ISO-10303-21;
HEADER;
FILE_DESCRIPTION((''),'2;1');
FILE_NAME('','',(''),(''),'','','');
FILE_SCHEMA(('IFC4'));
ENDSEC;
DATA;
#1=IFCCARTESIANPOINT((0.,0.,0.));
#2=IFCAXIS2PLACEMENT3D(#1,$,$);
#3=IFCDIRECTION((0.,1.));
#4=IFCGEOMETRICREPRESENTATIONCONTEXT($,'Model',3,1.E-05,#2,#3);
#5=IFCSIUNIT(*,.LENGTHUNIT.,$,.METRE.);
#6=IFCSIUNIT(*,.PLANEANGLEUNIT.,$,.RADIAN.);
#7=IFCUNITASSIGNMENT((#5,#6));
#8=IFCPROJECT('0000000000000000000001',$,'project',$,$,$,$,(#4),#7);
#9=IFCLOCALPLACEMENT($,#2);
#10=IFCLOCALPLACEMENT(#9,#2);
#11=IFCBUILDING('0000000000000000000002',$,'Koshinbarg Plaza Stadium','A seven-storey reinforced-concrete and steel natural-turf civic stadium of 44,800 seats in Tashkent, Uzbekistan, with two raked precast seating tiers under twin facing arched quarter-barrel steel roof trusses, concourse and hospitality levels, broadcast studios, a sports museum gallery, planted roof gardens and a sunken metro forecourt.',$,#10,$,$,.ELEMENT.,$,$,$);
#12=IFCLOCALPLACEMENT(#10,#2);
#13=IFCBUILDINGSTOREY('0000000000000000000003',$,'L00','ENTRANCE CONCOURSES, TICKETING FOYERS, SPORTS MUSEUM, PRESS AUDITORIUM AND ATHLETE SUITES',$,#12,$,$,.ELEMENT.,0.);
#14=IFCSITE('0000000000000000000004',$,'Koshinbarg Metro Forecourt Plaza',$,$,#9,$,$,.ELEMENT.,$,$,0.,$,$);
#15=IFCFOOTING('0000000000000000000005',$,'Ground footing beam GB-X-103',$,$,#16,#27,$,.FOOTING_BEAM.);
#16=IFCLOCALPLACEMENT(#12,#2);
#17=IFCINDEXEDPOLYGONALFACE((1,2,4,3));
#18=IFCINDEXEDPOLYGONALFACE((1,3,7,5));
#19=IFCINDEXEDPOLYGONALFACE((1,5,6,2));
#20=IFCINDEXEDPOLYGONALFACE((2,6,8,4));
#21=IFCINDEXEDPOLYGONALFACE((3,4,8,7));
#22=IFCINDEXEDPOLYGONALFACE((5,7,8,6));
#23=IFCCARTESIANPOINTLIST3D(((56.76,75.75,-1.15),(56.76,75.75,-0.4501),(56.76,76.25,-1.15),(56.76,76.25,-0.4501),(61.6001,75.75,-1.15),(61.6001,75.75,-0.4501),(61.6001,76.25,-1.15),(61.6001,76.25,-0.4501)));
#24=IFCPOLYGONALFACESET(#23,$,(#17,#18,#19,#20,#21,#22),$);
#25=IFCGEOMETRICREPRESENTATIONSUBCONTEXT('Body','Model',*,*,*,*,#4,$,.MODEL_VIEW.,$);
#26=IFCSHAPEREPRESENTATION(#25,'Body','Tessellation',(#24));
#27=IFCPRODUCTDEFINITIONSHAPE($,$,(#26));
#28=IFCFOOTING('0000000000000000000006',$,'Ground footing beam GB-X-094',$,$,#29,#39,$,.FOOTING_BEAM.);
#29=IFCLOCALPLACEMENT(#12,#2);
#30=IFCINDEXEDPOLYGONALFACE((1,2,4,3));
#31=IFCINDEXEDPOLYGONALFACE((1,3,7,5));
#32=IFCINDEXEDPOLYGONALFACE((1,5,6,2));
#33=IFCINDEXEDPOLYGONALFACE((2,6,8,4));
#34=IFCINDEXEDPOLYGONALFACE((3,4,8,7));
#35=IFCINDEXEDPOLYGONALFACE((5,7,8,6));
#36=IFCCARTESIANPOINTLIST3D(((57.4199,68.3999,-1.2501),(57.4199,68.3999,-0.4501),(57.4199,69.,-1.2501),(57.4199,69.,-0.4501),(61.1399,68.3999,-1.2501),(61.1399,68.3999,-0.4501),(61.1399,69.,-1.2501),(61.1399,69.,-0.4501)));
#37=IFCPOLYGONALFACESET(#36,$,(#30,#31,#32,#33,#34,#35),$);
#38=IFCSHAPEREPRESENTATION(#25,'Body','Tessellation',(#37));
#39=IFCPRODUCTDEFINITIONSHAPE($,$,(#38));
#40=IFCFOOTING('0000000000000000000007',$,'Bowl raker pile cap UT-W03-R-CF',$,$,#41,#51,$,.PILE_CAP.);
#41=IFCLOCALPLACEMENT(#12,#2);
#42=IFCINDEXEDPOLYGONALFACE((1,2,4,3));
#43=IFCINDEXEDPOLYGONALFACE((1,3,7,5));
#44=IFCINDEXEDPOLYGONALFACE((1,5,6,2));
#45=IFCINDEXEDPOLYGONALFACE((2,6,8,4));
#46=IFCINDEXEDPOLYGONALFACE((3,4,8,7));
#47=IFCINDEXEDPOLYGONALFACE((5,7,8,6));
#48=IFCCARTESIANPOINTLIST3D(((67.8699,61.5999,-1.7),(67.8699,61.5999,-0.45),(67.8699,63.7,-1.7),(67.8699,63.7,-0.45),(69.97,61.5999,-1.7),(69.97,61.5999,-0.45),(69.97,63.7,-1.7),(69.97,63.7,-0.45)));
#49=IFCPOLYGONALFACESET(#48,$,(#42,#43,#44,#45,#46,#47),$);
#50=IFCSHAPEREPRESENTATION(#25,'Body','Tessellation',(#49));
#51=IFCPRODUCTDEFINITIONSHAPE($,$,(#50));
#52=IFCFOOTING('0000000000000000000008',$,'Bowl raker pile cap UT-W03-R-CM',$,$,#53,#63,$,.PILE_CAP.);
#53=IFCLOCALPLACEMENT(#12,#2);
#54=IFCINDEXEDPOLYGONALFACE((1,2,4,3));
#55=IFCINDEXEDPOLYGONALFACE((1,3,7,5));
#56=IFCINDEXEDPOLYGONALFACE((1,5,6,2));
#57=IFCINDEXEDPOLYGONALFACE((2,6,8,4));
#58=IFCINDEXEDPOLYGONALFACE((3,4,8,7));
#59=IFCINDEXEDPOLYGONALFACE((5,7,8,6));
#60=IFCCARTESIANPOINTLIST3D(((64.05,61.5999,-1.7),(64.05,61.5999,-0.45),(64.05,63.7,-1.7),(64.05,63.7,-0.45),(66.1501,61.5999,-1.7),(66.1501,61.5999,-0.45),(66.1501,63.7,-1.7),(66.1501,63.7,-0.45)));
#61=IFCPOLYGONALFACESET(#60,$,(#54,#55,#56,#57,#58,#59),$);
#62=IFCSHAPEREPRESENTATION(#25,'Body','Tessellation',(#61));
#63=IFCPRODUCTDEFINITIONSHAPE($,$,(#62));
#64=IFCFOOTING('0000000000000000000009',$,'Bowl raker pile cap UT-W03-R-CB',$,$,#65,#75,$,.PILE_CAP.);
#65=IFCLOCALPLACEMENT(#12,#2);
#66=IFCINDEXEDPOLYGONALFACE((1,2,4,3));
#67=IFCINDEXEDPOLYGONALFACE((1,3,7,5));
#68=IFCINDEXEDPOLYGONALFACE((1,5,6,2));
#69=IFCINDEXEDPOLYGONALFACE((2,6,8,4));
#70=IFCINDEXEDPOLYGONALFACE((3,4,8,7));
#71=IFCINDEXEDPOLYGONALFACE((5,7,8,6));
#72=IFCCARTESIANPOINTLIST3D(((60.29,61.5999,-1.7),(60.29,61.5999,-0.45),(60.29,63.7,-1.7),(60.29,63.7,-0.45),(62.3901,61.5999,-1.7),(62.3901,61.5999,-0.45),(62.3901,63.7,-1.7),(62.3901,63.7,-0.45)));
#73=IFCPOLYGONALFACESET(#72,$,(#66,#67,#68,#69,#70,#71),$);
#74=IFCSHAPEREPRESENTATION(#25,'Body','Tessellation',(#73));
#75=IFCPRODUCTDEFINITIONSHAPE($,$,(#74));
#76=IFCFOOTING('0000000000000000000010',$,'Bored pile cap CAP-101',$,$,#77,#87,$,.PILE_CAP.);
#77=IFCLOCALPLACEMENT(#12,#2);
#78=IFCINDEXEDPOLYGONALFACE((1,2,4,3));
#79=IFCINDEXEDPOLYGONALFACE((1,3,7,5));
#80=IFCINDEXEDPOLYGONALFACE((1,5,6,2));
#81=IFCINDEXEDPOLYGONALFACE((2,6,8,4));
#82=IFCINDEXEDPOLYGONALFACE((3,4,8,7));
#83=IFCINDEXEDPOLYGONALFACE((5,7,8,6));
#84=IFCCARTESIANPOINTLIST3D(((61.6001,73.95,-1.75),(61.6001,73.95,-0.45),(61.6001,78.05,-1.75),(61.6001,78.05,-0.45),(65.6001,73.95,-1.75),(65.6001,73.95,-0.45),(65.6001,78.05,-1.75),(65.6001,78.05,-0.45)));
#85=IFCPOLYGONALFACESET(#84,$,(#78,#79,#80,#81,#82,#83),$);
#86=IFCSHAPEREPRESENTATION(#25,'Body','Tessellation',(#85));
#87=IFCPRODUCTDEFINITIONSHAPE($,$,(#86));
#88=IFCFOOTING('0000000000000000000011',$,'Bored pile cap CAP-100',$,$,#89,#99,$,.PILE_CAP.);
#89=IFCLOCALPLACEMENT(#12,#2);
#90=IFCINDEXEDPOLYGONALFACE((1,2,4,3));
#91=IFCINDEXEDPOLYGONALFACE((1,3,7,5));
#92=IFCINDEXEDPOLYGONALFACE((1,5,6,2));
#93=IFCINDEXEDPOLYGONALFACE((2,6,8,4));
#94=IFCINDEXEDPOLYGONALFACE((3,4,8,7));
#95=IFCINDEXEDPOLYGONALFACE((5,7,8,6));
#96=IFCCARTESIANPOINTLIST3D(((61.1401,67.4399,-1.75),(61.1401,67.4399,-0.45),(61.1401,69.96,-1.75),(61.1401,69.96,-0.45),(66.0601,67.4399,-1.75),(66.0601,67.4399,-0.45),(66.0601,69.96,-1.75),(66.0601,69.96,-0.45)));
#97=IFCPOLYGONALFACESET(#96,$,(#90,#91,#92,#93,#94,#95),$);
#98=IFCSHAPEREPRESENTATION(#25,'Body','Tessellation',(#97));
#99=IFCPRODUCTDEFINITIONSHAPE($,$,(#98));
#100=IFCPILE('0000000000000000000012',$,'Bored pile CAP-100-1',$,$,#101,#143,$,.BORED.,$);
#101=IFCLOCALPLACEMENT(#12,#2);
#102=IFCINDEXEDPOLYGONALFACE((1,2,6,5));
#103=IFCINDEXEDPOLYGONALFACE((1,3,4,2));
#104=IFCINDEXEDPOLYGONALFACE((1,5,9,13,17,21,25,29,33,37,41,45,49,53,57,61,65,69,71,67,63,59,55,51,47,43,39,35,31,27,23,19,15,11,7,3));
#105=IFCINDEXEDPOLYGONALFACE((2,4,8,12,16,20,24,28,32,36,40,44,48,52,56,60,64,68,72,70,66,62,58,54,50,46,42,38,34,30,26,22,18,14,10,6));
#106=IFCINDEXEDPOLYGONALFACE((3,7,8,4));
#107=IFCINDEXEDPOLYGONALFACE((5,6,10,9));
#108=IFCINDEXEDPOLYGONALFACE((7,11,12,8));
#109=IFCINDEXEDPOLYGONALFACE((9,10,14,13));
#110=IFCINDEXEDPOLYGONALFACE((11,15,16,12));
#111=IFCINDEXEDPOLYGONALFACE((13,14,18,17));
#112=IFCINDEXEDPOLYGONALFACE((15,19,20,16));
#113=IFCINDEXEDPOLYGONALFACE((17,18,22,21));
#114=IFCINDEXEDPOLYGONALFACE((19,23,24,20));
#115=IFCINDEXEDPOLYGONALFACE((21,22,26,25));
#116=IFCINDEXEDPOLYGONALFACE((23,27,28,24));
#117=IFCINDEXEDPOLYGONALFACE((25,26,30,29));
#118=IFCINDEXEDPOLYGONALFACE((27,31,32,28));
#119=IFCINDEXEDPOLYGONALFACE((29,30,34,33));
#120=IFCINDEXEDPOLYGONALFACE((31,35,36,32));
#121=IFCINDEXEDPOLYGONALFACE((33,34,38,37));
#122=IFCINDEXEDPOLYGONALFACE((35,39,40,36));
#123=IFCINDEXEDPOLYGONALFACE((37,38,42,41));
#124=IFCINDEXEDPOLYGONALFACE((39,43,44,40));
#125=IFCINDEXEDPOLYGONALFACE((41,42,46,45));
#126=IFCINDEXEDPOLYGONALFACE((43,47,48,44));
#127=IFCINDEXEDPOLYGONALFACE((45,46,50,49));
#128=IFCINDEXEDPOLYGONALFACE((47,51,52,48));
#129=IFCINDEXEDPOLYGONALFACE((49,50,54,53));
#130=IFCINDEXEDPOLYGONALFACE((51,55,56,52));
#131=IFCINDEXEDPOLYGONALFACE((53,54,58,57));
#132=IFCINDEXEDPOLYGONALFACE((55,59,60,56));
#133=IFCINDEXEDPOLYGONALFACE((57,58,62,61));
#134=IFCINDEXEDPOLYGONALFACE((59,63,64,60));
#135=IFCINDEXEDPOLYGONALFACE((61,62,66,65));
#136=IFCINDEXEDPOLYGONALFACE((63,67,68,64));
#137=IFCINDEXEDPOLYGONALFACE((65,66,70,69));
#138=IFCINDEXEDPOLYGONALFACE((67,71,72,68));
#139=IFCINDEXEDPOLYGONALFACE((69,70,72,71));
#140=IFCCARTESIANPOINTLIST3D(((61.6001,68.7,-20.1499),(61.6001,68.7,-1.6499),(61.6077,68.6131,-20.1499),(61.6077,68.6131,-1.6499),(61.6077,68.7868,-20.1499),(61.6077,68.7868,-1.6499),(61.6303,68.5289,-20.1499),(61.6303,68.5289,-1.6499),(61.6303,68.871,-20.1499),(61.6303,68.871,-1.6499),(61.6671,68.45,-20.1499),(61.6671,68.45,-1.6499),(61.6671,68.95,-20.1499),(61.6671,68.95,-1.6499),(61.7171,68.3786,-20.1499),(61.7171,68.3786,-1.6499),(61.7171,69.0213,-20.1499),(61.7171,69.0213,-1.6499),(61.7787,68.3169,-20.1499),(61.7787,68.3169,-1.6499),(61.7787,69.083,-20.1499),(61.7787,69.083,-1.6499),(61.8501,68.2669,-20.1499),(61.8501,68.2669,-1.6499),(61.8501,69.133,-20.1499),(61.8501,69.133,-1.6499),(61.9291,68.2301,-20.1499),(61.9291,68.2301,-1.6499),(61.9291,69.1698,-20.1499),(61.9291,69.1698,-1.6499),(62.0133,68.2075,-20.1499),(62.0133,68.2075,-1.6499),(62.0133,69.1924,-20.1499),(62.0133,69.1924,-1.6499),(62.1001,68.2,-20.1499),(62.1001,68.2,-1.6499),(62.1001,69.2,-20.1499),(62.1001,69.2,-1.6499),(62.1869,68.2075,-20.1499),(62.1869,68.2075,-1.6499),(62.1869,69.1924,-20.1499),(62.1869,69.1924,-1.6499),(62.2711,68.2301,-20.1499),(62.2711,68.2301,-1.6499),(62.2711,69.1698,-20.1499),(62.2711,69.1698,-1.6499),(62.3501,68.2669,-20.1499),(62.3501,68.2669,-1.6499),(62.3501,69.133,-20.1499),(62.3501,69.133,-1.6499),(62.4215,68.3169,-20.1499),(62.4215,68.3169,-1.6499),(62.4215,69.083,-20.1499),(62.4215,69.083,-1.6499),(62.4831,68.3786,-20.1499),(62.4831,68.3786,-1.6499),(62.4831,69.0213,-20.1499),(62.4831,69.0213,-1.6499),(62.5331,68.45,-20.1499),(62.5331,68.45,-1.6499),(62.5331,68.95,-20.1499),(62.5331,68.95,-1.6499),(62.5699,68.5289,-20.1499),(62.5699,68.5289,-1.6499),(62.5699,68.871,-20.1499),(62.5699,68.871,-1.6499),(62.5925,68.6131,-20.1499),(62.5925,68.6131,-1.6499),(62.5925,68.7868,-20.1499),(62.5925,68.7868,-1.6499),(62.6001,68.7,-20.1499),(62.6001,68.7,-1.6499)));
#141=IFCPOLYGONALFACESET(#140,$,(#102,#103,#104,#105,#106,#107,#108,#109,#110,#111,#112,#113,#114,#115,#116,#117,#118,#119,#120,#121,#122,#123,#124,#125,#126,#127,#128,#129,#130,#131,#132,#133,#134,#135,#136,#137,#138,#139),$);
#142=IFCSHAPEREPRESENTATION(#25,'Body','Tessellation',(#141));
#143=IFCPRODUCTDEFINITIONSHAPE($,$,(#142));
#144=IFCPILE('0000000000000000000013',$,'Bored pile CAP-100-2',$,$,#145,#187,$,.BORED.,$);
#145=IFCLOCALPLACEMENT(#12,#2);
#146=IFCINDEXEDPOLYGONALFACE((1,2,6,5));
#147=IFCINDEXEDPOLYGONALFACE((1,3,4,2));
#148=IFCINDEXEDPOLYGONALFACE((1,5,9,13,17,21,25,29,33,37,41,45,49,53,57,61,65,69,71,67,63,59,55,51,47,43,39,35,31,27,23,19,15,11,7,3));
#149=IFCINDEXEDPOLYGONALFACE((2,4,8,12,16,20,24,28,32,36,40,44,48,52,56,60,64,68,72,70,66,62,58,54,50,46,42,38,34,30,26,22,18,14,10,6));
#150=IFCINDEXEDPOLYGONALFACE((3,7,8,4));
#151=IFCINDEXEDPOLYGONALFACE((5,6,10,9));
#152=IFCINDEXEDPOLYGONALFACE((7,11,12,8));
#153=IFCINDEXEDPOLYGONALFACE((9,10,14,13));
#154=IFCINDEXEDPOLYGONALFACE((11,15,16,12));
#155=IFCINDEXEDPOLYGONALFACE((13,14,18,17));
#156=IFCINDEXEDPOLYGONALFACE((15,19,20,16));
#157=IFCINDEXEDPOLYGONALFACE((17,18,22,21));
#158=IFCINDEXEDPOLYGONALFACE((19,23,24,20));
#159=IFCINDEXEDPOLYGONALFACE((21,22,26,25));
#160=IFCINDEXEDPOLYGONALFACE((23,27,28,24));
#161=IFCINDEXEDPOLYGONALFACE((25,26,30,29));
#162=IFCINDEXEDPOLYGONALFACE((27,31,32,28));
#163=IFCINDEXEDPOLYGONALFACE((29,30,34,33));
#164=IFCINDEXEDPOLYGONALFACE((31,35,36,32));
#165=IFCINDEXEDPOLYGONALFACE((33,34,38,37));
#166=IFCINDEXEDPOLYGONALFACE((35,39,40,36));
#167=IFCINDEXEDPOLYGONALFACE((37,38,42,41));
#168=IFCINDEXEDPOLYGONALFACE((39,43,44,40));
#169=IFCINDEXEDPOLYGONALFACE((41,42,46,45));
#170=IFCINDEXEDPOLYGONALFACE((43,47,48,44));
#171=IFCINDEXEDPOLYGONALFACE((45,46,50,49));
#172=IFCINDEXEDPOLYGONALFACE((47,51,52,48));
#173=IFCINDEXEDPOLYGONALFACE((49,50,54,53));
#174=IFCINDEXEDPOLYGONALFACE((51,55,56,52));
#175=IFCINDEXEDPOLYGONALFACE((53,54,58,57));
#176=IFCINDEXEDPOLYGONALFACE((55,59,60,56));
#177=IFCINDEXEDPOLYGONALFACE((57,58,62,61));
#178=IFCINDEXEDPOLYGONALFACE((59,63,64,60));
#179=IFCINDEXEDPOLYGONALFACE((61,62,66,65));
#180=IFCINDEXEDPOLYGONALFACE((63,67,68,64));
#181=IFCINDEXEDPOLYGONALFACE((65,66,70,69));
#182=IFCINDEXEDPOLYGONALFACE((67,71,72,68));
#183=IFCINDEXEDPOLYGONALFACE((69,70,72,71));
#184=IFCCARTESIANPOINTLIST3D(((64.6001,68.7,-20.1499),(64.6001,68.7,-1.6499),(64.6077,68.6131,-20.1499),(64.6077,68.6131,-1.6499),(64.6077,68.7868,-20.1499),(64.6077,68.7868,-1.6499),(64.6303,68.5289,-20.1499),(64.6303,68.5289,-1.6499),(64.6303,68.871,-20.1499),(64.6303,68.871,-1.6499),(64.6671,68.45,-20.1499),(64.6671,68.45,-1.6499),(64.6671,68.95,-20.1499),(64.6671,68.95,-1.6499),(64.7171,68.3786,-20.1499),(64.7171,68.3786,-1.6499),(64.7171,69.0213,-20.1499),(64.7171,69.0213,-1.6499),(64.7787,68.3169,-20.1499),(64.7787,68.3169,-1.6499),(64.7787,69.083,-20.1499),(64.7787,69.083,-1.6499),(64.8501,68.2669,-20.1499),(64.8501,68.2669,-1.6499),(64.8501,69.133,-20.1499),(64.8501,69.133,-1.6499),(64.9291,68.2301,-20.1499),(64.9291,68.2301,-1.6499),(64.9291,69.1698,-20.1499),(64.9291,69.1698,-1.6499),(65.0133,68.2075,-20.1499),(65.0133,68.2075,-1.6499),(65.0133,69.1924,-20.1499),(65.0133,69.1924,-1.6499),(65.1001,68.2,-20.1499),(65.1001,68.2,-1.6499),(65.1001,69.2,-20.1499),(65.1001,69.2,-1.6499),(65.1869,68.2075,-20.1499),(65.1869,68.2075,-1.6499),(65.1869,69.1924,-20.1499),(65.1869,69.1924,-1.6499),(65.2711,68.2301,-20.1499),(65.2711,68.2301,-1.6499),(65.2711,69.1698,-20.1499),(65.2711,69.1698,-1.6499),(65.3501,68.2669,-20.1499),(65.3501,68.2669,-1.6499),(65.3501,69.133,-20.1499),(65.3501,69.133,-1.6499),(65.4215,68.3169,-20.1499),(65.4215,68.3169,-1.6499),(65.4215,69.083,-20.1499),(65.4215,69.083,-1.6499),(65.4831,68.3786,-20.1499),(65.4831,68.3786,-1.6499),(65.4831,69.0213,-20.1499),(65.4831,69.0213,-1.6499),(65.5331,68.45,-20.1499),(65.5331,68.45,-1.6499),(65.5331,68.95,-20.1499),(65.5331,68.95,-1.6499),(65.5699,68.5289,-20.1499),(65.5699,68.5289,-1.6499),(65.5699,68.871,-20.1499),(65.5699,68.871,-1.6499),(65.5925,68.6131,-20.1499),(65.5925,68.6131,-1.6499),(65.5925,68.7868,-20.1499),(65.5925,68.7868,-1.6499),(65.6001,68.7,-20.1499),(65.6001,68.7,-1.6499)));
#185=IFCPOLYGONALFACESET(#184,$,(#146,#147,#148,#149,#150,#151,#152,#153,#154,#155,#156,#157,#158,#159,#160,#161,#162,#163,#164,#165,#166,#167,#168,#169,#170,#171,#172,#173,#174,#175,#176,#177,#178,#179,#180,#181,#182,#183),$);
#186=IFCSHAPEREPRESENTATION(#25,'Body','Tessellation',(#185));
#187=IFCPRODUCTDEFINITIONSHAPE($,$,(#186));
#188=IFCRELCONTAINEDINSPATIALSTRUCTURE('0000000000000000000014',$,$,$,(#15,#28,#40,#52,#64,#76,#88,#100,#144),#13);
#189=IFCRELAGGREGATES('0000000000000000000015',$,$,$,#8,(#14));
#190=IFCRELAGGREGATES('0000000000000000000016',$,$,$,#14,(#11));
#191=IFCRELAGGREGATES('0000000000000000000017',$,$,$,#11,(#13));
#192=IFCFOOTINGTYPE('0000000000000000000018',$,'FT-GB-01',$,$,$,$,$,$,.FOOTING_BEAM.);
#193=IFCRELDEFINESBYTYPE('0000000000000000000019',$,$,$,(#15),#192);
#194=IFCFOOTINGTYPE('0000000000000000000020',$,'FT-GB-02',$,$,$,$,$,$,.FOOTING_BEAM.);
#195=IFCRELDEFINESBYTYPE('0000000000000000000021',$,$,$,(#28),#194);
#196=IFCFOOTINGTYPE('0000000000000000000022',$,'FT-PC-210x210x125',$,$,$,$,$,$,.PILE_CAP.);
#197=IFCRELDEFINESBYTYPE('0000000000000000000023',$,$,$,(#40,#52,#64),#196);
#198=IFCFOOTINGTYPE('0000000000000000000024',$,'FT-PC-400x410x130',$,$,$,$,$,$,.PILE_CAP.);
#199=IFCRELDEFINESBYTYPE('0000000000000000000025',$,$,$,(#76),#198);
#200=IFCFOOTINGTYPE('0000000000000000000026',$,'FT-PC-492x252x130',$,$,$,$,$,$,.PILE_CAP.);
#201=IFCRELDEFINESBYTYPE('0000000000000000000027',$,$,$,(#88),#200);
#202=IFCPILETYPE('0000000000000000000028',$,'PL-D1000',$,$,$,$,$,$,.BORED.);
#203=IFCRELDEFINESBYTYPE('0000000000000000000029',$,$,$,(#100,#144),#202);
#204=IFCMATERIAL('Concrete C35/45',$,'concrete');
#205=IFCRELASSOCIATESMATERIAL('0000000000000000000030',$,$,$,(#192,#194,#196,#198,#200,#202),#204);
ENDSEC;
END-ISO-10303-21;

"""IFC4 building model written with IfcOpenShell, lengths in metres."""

from ifc_helpers import new_model, si_unit, direction, frame, origin, origin_2d, place, context, subcontext, project, spatial, rectangle, circle, extrude, material, material_profile, profile_set, type_object, element, save


model = new_model("IFC4")

# Units and contexts
model_context = context("Model", 3, precision=1e-05, world=origin(), true_north=direction((0.0, 1.0)))
body_context = subcontext(model_context, "Body", "Model", "MODEL_VIEW")
ifc_project = project(units=[si_unit("LENGTHUNIT", "METRE"), si_unit("PLANEANGLEUNIT", "RADIAN")], contexts=[model_context])

# Site, building, storey
site_placement = place(None, origin())
site = spatial("IfcSite", under=ifc_project, at=site_placement, Name="Koshinbarg Metro Forecourt Plaza", CompositionType="ELEMENT", RefElevation=0.0)
building_placement = place(site_placement, origin())
building = spatial("IfcBuilding", under=site, at=building_placement, Name="Koshinbarg Plaza Stadium", Description="A seven-storey reinforced-concrete and steel natural-turf civic stadium of 44,800 seats in Tashkent, Uzbekistan, with two raked precast seating tiers under twin facing arched quarter-barrel steel roof trusses, concourse and hospitality levels, broadcast studios, a sports museum gallery, planted roof gardens and a sunken metro forecourt.", CompositionType="ELEMENT")
storey_placement = place(building_placement, origin())
storey = spatial("IfcBuildingStorey", under=building, at=storey_placement, Name="L00", Description="ENTRANCE CONCOURSES, TICKETING FOYERS, SPORTS MUSEUM, PRESS AUDITORIUM AND ATHLETE SUITES", CompositionType="ELEMENT", Elevation=0.0)

# Footings
ifc_material_1 = material(Name="Concrete C35/45", Category="concrete")
ifc_material_profile_1 = material_profile(ifc_material_1, rectangle(XDim=0.5, YDim=0.7, at=origin_2d()), Name="GB 500x700")
ifc_profile_set_1 = profile_set([ifc_material_profile_1], Name="Concrete C35/45")
footing_type_1 = type_object("IfcFootingType", Name="FT-GB-01", PredefinedType="FOOTING_BEAM", material=ifc_profile_set_1)
footing_1_placement = place(storey_placement, frame((56.76, 76.0, -0.8), z_axis=(1.0, 0.0, 0.0), x_axis=(0.0, 1.0, 0.0)))
element("IfcFooting", 1, at=footing_1_placement, inside=storey, type_object=footing_type_1, Name="Ground footing beam GB-X-103", PredefinedType="FOOTING_BEAM", context=body_context, shape_type="SweptSolid", body=[
    extrude(rectangle(XDim=0.5, YDim=0.7, at=origin_2d()), origin(), (0.0, 0.0, 1.0), 4.8401),
])
ifc_material_profile_2 = material_profile(ifc_material_1, rectangle(XDim=0.6001, YDim=0.8, at=origin_2d()), Name="GB 600x800")
ifc_profile_set_2 = profile_set([ifc_material_profile_2], Name="Concrete C35/45")
footing_type_2 = type_object("IfcFootingType", Name="FT-GB-02", PredefinedType="FOOTING_BEAM", material=ifc_profile_set_2)
footing_2_placement = place(storey_placement, frame((57.4199, 68.7, -0.8501), z_axis=(1.0, 0.0, 0.0), x_axis=(0.0, 1.0, 0.0)))
element("IfcFooting", 2, at=footing_2_placement, inside=storey, type_object=footing_type_2, Name="Ground footing beam GB-X-094", PredefinedType="FOOTING_BEAM", context=body_context, shape_type="SweptSolid", body=[
    extrude(rectangle(XDim=0.6001, YDim=0.8, at=origin_2d()), origin(), (0.0, 0.0, 1.0), 3.72),
])
footing_type_3 = type_object("IfcFootingType", Name="FT-PC-210x210x125", PredefinedType="PILE_CAP", material=ifc_material_1)
for number, where, z_axis, x_axis, name in (
    (3, (68.9199, 62.6499, -1.7), (0.0, 0.0, 1.0), (1.0, 0.0, 0.0), "Bowl raker pile cap UT-W03-R-CF"),
    (4, (65.1001, 62.6499, -1.7), (0.0, 0.0, 1.0), (1.0, 0.0, 0.0), "Bowl raker pile cap UT-W03-R-CM"),
    (5, (61.3401, 62.6499, -1.7), (0.0, 0.0, 1.0), (1.0, 0.0, 0.0), "Bowl raker pile cap UT-W03-R-CB"),
):
    element("IfcFooting", number, at=place(storey_placement, frame(where, z_axis=z_axis, x_axis=x_axis)), inside=storey, type_object=footing_type_3, Name=name, PredefinedType="PILE_CAP", context=body_context, shape_type="SweptSolid", body=[
        extrude(rectangle(XDim=2.1001, YDim=2.1001, at=origin_2d()), origin(), (0.0, 0.0, 1.0), 1.25),
    ])
footing_type_4 = type_object("IfcFootingType", Name="FT-PC-400x410x130", PredefinedType="PILE_CAP", material=ifc_material_1)
footing_3_placement = place(storey_placement, frame((63.6001, 76.0, -1.75), z_axis=(0.0, 0.0, 1.0), x_axis=(1.0, 0.0, 0.0)))
element("IfcFooting", 6, at=footing_3_placement, inside=storey, type_object=footing_type_4, Name="Bored pile cap CAP-101", PredefinedType="PILE_CAP", context=body_context, shape_type="SweptSolid", body=[
    extrude(rectangle(XDim=4.0, YDim=4.1001, at=origin_2d()), origin(), (0.0, 0.0, 1.0), 1.3),
])
footing_type_5 = type_object("IfcFootingType", Name="FT-PC-492x252x130", PredefinedType="PILE_CAP", material=ifc_material_1)
footing_4_placement = place(storey_placement, frame((63.6001, 68.7, -1.75), z_axis=(0.0, 0.0, 1.0), x_axis=(1.0, 0.0, 0.0)))
element("IfcFooting", 7, at=footing_4_placement, inside=storey, type_object=footing_type_5, Name="Bored pile cap CAP-100", PredefinedType="PILE_CAP", context=body_context, shape_type="SweptSolid", body=[
    extrude(rectangle(XDim=4.9199, YDim=2.52, at=origin_2d()), origin(), (0.0, 0.0, 1.0), 1.3),
])

# Piles
ifc_material_profile_3 = material_profile(ifc_material_1, circle(Radius=0.5, at=origin_2d()), Name="PILE D1000")
ifc_profile_set_3 = profile_set([ifc_material_profile_3], Name="Concrete C35/45")
pile_type_1 = type_object("IfcPileType", Name="PL-D1000", PredefinedType="BORED", material=ifc_profile_set_3)
for number, where, z_axis, x_axis, name in (
    (8, (62.1001, 68.7, -1.6499), (0.0, 0.0, -1.0), (1.0, 0.0, 0.0), "Bored pile CAP-100-1"),
    (9, (65.1001, 68.7, -1.6499), (0.0, 0.0, -1.0), (1.0, 0.0, 0.0), "Bored pile CAP-100-2"),
):
    element("IfcPile", number, at=place(storey_placement, frame(where, z_axis=z_axis, x_axis=x_axis)), inside=storey, type_object=pile_type_1, Name=name, PredefinedType="BORED", context=body_context, shape_type="SweptSolid", body=[
        extrude(circle(Radius=0.5, at=origin_2d()), origin(), (0.0, 0.0, 1.0), 18.5),
    ])

save(model, "model.ifc")
